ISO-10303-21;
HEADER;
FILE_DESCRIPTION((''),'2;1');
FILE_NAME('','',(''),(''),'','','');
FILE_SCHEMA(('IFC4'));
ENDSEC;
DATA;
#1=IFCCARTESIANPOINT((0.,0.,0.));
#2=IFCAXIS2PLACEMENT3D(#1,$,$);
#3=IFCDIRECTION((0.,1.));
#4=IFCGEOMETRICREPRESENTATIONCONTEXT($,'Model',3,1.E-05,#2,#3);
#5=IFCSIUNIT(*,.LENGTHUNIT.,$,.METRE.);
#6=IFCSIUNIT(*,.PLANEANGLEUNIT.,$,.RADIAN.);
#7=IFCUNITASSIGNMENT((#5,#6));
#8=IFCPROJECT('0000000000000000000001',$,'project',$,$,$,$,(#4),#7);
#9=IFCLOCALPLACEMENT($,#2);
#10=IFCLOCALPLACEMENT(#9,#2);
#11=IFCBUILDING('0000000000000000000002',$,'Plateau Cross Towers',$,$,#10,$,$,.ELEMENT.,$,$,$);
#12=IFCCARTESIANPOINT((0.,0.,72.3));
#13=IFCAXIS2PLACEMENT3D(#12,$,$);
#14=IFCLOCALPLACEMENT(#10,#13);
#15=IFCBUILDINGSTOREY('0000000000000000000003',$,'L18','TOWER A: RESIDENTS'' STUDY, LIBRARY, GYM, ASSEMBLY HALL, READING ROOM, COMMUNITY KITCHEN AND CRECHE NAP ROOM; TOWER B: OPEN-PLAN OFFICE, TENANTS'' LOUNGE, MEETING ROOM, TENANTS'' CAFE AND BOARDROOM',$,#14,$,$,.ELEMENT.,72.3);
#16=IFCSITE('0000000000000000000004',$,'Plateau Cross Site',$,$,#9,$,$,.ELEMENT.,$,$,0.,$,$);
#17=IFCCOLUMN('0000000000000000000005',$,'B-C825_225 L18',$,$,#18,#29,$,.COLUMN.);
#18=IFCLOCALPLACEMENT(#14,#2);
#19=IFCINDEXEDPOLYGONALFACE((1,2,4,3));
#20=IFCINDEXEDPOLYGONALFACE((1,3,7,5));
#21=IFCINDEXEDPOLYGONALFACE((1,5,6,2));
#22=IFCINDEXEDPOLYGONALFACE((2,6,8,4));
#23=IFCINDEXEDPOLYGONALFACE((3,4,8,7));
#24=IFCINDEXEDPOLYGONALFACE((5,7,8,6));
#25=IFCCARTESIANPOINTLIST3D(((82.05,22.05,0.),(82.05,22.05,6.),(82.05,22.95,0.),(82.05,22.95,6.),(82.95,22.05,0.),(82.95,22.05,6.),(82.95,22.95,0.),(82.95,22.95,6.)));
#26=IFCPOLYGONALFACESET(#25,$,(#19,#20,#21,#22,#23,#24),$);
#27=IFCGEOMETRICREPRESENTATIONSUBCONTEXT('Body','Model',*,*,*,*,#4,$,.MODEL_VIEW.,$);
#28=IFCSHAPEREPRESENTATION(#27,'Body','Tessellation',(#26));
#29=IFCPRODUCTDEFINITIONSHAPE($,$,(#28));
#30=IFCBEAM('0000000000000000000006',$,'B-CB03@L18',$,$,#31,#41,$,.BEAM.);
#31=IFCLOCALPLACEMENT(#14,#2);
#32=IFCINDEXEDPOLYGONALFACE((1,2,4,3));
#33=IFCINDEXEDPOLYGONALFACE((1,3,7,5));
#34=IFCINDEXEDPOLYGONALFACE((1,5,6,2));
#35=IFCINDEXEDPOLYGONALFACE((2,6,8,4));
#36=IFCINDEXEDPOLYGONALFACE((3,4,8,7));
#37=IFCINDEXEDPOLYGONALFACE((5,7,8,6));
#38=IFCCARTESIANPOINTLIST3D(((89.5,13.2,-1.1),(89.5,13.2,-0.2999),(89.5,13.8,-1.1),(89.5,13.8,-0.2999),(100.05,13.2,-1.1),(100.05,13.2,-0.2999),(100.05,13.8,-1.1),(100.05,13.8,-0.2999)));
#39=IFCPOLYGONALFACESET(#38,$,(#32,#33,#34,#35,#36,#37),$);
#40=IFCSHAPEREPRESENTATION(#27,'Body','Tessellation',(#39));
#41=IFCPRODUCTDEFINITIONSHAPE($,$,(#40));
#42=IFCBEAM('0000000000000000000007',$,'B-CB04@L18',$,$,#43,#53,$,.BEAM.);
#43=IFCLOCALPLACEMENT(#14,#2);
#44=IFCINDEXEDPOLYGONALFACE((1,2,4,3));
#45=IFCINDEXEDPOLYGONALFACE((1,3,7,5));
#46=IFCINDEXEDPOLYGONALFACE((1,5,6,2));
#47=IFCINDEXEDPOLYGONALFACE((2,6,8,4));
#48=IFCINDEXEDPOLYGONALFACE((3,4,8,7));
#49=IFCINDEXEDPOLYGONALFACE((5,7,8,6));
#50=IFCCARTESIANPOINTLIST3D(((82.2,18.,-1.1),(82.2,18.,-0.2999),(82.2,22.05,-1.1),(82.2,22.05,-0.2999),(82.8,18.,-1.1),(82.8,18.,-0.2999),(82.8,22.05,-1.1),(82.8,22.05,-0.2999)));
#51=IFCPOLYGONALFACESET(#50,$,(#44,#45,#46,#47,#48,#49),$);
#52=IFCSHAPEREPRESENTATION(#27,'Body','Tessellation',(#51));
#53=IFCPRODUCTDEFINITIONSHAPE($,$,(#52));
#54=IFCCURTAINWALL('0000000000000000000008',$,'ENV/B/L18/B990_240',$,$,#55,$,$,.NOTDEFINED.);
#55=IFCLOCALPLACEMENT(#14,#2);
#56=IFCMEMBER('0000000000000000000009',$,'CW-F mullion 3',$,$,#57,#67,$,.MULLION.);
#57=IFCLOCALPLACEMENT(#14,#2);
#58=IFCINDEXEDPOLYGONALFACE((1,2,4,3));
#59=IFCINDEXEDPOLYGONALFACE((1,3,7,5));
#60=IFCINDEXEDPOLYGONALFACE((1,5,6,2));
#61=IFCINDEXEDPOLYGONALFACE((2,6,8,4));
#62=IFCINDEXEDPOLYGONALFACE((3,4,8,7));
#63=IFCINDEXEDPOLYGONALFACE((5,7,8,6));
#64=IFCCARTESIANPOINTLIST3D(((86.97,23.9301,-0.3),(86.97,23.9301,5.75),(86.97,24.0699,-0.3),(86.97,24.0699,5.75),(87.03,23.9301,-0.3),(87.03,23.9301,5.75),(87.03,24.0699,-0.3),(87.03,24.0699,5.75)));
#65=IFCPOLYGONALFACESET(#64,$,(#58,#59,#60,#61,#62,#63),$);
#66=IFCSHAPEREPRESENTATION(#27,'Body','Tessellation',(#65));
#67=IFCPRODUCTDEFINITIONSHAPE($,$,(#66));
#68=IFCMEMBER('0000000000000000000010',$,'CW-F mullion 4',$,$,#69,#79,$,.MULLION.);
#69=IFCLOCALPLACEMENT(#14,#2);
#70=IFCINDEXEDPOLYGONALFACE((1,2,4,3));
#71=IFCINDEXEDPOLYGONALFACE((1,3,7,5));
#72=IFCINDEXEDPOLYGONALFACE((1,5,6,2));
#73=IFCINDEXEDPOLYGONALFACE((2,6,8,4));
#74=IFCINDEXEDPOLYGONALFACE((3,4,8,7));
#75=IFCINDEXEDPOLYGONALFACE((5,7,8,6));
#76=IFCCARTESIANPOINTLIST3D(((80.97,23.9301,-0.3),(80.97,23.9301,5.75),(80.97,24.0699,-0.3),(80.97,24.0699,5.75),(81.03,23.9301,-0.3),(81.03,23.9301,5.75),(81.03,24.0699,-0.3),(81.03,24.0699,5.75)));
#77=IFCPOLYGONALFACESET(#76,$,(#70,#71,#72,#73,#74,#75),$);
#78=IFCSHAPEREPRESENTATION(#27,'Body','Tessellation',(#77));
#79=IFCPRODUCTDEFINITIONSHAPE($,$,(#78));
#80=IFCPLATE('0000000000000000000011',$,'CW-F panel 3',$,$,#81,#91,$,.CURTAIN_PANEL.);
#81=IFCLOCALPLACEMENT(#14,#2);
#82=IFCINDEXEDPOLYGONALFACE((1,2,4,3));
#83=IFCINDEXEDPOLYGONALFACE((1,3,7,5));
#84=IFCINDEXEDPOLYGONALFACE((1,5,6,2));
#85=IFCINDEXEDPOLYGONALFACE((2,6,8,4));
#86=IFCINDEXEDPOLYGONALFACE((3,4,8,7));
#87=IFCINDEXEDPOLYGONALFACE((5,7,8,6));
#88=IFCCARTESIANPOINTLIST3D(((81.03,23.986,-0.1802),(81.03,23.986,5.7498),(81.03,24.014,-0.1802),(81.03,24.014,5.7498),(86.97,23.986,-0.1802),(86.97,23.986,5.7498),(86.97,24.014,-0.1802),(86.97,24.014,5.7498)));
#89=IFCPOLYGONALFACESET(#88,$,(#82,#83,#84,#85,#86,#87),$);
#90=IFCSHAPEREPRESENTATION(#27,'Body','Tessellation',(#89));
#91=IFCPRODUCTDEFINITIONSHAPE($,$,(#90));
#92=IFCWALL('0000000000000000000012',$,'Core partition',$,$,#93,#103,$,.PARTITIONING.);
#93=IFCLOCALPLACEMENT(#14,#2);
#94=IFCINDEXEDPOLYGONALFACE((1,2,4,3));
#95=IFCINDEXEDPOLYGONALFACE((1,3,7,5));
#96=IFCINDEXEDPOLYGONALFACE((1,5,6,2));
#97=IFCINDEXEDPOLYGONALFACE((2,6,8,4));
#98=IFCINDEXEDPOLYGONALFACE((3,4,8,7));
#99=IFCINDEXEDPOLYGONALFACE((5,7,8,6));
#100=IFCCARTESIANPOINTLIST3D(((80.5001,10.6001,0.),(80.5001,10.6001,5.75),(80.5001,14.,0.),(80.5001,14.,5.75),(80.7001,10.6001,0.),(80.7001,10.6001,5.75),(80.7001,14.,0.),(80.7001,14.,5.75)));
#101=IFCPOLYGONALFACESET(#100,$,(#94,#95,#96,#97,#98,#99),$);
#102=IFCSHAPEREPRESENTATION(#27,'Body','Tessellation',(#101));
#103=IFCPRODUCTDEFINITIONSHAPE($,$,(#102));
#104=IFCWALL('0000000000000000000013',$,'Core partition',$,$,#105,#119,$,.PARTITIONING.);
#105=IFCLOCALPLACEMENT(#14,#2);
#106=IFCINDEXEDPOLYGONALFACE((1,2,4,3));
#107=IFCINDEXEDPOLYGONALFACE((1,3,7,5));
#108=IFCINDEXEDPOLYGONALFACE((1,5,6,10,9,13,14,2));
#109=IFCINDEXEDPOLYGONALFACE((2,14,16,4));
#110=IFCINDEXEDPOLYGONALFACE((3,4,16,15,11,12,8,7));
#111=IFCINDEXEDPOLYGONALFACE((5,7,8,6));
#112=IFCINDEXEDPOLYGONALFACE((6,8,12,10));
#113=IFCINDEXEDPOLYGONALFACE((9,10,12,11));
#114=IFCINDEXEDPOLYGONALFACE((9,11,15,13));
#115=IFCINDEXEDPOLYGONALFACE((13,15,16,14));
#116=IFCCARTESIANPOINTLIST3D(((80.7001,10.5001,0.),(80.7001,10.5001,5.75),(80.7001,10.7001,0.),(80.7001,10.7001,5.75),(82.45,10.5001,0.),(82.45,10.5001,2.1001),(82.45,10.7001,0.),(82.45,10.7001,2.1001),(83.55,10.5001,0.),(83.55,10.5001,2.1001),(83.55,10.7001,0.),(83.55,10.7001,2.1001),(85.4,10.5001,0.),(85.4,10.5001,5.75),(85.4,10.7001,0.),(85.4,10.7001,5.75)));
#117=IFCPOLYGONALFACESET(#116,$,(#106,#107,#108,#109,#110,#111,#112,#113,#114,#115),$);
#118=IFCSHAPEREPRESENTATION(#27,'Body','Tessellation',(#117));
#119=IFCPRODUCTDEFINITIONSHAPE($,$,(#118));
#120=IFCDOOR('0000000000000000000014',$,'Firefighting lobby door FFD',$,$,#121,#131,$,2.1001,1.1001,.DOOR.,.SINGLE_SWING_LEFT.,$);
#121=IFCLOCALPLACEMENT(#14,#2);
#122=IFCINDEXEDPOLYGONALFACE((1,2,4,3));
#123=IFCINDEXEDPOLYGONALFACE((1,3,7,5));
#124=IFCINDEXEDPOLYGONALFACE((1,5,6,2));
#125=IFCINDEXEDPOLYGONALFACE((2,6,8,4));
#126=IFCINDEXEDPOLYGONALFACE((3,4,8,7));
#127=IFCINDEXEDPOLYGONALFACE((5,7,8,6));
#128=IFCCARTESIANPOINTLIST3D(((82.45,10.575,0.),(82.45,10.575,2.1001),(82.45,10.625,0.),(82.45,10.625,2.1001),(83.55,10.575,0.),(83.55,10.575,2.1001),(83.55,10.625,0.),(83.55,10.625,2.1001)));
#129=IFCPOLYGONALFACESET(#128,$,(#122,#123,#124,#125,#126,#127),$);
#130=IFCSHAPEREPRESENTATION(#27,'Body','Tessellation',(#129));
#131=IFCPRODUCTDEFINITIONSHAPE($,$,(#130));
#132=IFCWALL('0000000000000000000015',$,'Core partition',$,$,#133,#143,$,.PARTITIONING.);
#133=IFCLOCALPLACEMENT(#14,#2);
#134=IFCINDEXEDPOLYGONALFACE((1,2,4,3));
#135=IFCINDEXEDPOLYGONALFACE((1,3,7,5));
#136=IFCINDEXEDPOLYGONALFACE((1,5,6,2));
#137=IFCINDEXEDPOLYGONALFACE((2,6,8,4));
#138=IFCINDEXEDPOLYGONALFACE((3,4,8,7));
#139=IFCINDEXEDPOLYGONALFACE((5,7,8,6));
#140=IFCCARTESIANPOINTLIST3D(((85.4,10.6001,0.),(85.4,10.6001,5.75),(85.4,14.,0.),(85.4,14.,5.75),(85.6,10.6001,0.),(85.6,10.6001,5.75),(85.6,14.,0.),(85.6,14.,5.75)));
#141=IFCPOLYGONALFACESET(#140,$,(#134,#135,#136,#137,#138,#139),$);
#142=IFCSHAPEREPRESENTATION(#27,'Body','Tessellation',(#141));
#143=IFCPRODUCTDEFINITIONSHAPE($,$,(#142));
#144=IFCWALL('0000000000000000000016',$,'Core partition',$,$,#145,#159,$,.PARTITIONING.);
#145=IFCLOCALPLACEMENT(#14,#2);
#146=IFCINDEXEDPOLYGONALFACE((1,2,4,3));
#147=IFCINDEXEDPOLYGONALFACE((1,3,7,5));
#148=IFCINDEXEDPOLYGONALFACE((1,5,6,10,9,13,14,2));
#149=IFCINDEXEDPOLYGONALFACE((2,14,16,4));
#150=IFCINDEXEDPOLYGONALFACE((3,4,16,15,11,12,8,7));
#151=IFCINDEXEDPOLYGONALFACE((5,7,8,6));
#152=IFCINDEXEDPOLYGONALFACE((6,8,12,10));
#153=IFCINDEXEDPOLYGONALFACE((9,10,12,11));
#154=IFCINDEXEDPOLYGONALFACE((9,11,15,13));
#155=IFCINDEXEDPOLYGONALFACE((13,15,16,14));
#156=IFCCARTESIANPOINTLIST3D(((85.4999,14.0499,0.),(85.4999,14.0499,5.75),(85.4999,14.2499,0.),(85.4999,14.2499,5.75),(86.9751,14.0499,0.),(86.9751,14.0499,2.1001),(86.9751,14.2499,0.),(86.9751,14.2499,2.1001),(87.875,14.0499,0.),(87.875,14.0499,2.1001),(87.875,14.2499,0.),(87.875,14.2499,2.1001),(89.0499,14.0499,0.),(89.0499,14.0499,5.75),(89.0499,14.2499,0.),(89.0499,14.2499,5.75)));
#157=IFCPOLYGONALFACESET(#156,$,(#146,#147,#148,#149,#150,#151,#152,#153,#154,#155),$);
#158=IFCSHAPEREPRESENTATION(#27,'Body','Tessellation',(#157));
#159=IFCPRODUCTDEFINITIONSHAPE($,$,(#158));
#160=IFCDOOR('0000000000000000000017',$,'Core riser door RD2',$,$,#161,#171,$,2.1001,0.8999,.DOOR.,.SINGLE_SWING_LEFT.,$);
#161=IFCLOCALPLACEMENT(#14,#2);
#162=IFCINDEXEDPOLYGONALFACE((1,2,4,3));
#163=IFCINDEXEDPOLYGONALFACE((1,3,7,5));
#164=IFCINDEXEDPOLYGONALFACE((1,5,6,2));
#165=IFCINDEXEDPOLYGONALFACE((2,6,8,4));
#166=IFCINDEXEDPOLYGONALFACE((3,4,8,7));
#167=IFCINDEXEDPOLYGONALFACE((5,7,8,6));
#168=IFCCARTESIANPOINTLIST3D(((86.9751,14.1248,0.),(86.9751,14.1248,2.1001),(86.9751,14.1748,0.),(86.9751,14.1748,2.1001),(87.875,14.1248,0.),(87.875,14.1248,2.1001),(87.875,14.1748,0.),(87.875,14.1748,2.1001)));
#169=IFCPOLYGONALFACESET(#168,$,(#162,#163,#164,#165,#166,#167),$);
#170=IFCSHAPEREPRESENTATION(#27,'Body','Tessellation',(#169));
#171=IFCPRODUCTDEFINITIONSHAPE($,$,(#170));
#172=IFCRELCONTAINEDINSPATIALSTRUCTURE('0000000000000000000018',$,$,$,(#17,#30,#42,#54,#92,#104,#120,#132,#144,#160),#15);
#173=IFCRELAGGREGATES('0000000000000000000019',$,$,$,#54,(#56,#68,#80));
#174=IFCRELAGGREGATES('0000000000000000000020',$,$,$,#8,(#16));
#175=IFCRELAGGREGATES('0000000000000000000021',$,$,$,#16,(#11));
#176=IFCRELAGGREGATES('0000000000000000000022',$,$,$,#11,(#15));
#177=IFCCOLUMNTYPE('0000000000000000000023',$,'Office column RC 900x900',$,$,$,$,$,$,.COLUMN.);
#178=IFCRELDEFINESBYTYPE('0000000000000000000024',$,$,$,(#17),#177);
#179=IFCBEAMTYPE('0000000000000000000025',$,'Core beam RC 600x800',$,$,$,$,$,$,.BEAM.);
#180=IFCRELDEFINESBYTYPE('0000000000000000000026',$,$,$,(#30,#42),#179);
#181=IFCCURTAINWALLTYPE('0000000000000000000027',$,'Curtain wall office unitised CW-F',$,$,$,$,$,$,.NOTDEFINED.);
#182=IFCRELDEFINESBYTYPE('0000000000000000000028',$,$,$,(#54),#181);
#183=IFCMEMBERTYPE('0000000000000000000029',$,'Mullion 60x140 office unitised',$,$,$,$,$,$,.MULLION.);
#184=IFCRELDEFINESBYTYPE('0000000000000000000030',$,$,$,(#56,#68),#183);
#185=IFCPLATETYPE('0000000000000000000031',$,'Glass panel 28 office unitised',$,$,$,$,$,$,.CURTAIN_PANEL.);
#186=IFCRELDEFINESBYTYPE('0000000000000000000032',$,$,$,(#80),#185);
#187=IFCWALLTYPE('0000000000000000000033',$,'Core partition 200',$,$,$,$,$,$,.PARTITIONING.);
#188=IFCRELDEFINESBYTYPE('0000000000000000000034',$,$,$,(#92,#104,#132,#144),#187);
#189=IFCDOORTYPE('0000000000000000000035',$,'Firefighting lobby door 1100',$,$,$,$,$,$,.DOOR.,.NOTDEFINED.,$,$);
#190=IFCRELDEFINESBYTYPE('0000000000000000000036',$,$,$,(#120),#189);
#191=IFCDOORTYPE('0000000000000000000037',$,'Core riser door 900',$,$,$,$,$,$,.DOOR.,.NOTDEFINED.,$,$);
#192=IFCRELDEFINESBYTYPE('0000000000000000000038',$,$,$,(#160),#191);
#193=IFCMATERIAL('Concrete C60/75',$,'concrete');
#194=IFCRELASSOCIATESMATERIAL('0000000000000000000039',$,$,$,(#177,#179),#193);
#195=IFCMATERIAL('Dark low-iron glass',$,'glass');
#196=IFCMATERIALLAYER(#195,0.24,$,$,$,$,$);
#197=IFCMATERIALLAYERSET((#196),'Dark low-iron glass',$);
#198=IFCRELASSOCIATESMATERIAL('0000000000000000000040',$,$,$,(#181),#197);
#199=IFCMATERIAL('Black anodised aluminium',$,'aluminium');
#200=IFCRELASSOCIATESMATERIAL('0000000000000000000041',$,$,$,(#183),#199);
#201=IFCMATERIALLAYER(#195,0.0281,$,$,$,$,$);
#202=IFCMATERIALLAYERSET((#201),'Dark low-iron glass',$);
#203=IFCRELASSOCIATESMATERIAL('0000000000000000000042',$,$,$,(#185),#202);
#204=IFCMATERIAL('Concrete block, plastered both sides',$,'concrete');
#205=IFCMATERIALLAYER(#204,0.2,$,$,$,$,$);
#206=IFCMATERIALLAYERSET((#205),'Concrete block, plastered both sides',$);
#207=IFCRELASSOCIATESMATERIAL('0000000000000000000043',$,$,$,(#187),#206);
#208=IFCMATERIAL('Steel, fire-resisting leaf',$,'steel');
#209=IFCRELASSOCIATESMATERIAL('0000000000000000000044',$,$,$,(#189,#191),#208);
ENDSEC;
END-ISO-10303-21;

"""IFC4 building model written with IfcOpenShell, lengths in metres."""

from ifc_helpers import new_model, si_unit, direction, frame, frame_2d, origin, origin_2d, place, context, subcontext, project, spatial, rectangle, extrude, material, layer, layer_set, material_profile, profile_set, type_object, element, fill, aggregate, save


model = new_model("IFC4")

# Units and contexts
model_context = context("Model", 3, precision=1e-05, world=origin(), true_north=direction((0.0, 1.0)))
body_context = subcontext(model_context, "Body", "Model", "MODEL_VIEW")
ifc_project = project(units=[si_unit("LENGTHUNIT", "METRE"), si_unit("PLANEANGLEUNIT", "RADIAN")], contexts=[model_context])

# Site, building, storey
site_placement = place(None, origin())
site = spatial("IfcSite", under=ifc_project, at=site_placement, Name="Plateau Cross Site", CompositionType="ELEMENT", RefElevation=0.0)
building_placement = place(site_placement, origin())
building = spatial("IfcBuilding", under=site, at=building_placement, Name="Plateau Cross Towers", CompositionType="ELEMENT")
storey_placement = place(building_placement, frame((0.0, 0.0, 72.3)))
storey = spatial("IfcBuildingStorey", under=building, at=storey_placement, Name="L18", Description="TOWER A: RESIDENTS' STUDY, LIBRARY, GYM, ASSEMBLY HALL, READING ROOM, COMMUNITY KITCHEN AND CRECHE NAP ROOM; TOWER B: OPEN-PLAN OFFICE, TENANTS' LOUNGE, MEETING ROOM, TENANTS' CAFE AND BOARDROOM", CompositionType="ELEMENT", Elevation=72.3)

# Column
ifc_material_1 = material(Name="Concrete C60/75", Category="concrete")
ifc_material_profile_1 = material_profile(ifc_material_1, rectangle(XDim=0.8999, YDim=0.8999, at=origin_2d()), Name="RC 900x900")
ifc_profile_set_1 = profile_set([ifc_material_profile_1], Name="Concrete C60/75")
column_type = type_object("IfcColumnType", Name="Office column RC 900x900", PredefinedType="COLUMN", material=ifc_profile_set_1)
column_placement = place(storey_placement, frame((82.5, 22.5, 0.0), z_axis=(0.0, 0.0, 1.0), x_axis=(1.0, 0.0, 0.0)))
element("IfcColumn", 1, at=column_placement, inside=storey, type_object=column_type, Name="B-C825_225 L18", PredefinedType="COLUMN", context=body_context, shape_type="SweptSolid", body=[
    extrude(rectangle(XDim=0.8999, YDim=0.8999, at=origin_2d()), origin(), (0.0, 0.0, 1.0), 6.0),
])

# Beams
ifc_material_profile_2 = material_profile(ifc_material_1, rectangle(XDim=0.6001, YDim=0.8, at=origin_2d()), Name="RC 600x800")
ifc_profile_set_2 = profile_set([ifc_material_profile_2], Name="Concrete C60/75")
beam_type = type_object("IfcBeamType", Name="Core beam RC 600x800", PredefinedType="BEAM", material=ifc_profile_set_2)
beam_1_placement = place(storey_placement, frame((89.5, 13.5, -0.7), z_axis=(1.0, 0.0, 0.0), x_axis=(0.0, 1.0, 0.0)))
element("IfcBeam", 2, at=beam_1_placement, inside=storey, type_object=beam_type, Name="B-CB03@L18", PredefinedType="BEAM", context=body_context, shape_type="SweptSolid", body=[
    extrude(rectangle(XDim=0.6001, YDim=0.8, at=origin_2d()), origin(), (0.0, 0.0, 1.0), 10.55),
])
beam_2_placement = place(storey_placement, frame((82.5, 18.0, -0.7), z_axis=(0.0, 1.0, 0.0), x_axis=(-1.0, 0.0, 0.0)))
element("IfcBeam", 3, at=beam_2_placement, inside=storey, type_object=beam_type, Name="B-CB04@L18", PredefinedType="BEAM", context=body_context, shape_type="SweptSolid", body=[
    extrude(rectangle(XDim=0.6001, YDim=0.8, at=origin_2d()), origin(), (0.0, 0.0, 1.0), 4.05),
])

# Curtain wall, members, plate
ifc_material_2 = material(Name="Dark low-iron glass", Category="glass")
ifc_layer_1 = layer(ifc_material_2, 0.24)
ifc_layer_set_1 = layer_set([ifc_layer_1], Name="Dark low-iron glass")
curtain_wall_type = type_object("IfcCurtainWallType", Name="Curtain wall office unitised CW-F", PredefinedType="NOTDEFINED", material=ifc_layer_set_1)
curtain_wall_placement = place(storey_placement, origin())
curtain_wall = element("IfcCurtainWall", 4, at=curtain_wall_placement, inside=storey, type_object=curtain_wall_type, Name="ENV/B/L18/B990_240", PredefinedType="NOTDEFINED")
ifc_material_3 = material(Name="Black anodised aluminium", Category="aluminium")
ifc_material_profile_3 = material_profile(ifc_material_3, rectangle(XDim=0.0601, YDim=0.1399, at=origin_2d()), Name="MULLION 60x140")
ifc_profile_set_3 = profile_set([ifc_material_profile_3], Name="Black anodised aluminium")
member_type = type_object("IfcMemberType", Name="Mullion 60x140 office unitised", PredefinedType="MULLION", material=ifc_profile_set_3)
member_1_placement = place(storey_placement, frame((87.0, 24.0, -0.3), z_axis=(0.0, 0.0, 1.0), x_axis=(-1.0, 0.0, 0.0)))
member_1 = element("IfcMember", 5, at=member_1_placement, type_object=member_type, Name="CW-F mullion 3", PredefinedType="MULLION", context=body_context, shape_type="SweptSolid", body=[
    extrude(rectangle(XDim=0.0601, YDim=0.1399, at=origin_2d()), origin(), (0.0, 0.0, 1.0), 6.05),
])
member_2_placement = place(storey_placement, frame((81.0, 24.0, -0.3), z_axis=(0.0, 0.0, 1.0), x_axis=(-1.0, 0.0, 0.0)))
member_2 = element("IfcMember", 6, at=member_2_placement, type_object=member_type, Name="CW-F mullion 4", PredefinedType="MULLION", context=body_context, shape_type="SweptSolid", body=[
    extrude(rectangle(XDim=0.0601, YDim=0.1399, at=origin_2d()), origin(), (0.0, 0.0, 1.0), 6.05),
])
ifc_layer_2 = layer(ifc_material_2, 0.0281)
ifc_layer_set_2 = layer_set([ifc_layer_2], Name="Dark low-iron glass")
plate_type = type_object("IfcPlateType", Name="Glass panel 28 office unitised", PredefinedType="CURTAIN_PANEL", material=ifc_layer_set_2)
plate_placement = place(storey_placement, frame((84.0, 24.0, -0.1802), z_axis=(0.0, 0.0, 1.0), x_axis=(-1.0, 0.0, 0.0)))
plate = element("IfcPlate", 7, at=plate_placement, type_object=plate_type, Name="CW-F panel 3", PredefinedType="CURTAIN_PANEL", context=body_context, shape_type="SweptSolid", body=[
    extrude(rectangle(XDim=5.9399, YDim=0.0281, at=origin_2d()), origin(), (0.0, 0.0, 1.0), 5.9299),
])
aggregate(curtain_wall, [member_1, member_2, plate])

# Wall
ifc_material_4 = material(Name="Concrete block, plastered both sides", Category="concrete")
ifc_layer_3 = layer(ifc_material_4, 0.2)
ifc_layer_set_3 = layer_set([ifc_layer_3], Name="Concrete block, plastered both sides")
wall_type_1 = type_object("IfcWallType", Name="Core partition 200", PredefinedType="PARTITIONING", material=ifc_layer_set_3)
wall_1_placement = place(storey_placement, frame((80.6001, 10.6001, 0.0), z_axis=(0.0, 0.0, 1.0), x_axis=(0.0, 1.0, 0.0)))
element("IfcWall", 8, at=wall_1_placement, inside=storey, type_object=wall_type_1, Name="Core partition", PredefinedType="PARTITIONING", context=body_context, shape_type="SweptSolid", body=[
    extrude(rectangle(XDim=3.3999, YDim=0.2, at=frame_2d((1.7, 0.0))), origin(), (0.0, 0.0, 1.0), 5.75),
])

# Wall, opening, door
wall_2_placement = place(storey_placement, frame((80.7, 10.6001, 0.0), z_axis=(0.0, 0.0, 1.0), x_axis=(1.0, 0.0, 0.0)))
wall_2 = element("IfcWall", 9, at=wall_2_placement, inside=storey, type_object=wall_type_1, Name="Core partition", PredefinedType="PARTITIONING", context=body_context, shape_type="SweptSolid", body=[
    extrude(rectangle(XDim=4.7, YDim=0.2, at=frame_2d((2.3501, 0.0))), origin(), (0.0, 0.0, 1.0), 5.75),
])
opening_1_placement = place(wall_2_placement, frame((1.75, 0.0, 0.0)))
opening_1 = element("IfcOpeningElement", 10, at=opening_1_placement, cuts=wall_2, PredefinedType="OPENING", context=body_context, shape_type="SweptSolid", body=[
    extrude(rectangle(XDim=1.1001, YDim=2.1001, at=frame_2d((0.55, 1.05))), frame((0.0, 0.1099, 0.0), z_axis=(0.0, -1.0, 0.0), x_axis=(1.0, 0.0, 0.0)), (0.0, 0.0, 1.0), 0.22),
])
ifc_material_5 = material(Name="Steel, fire-resisting leaf", Category="steel")
door_type_1 = type_object("IfcDoorType", Name="Firefighting lobby door 1100", OperationType="NOTDEFINED", PredefinedType="DOOR", material=ifc_material_5)
door_1_placement = place(opening_1_placement, origin())
door_1 = element("IfcDoor", 11, at=door_1_placement, inside=storey, type_object=door_type_1, Name="Firefighting lobby door FFD", OperationType="SINGLE_SWING_LEFT", OverallHeight=2.1001, OverallWidth=1.1001, PredefinedType="DOOR", context=body_context, shape_type="SweptSolid", body=[
    extrude(rectangle(XDim=1.1001, YDim=2.1001, at=frame_2d((0.55, 1.05))), frame((0.0, 0.0249, 0.0), z_axis=(0.0, -1.0, 0.0), x_axis=(1.0, 0.0, 0.0)), (0.0, 0.0, 1.0), 0.05),
])
fill(opening_1, door_1)

# Wall
wall_3_placement = place(storey_placement, frame((85.5, 10.6001, 0.0), z_axis=(0.0, 0.0, 1.0), x_axis=(0.0, 1.0, 0.0)))
element("IfcWall", 12, at=wall_3_placement, inside=storey, type_object=wall_type_1, Name="Core partition", PredefinedType="PARTITIONING", context=body_context, shape_type="SweptSolid", body=[
    extrude(rectangle(XDim=3.3999, YDim=0.2, at=frame_2d((1.7, 0.0))), origin(), (0.0, 0.0, 1.0), 5.75),
])

# Wall, opening, door
wall_4_placement = place(storey_placement, frame((85.5, 14.1499, 0.0), z_axis=(0.0, 0.0, 1.0), x_axis=(1.0, 0.0, 0.0)))
wall_4 = element("IfcWall", 13, at=wall_4_placement, inside=storey, type_object=wall_type_1, Name="Core partition", PredefinedType="PARTITIONING", context=body_context, shape_type="SweptSolid", body=[
    extrude(rectangle(XDim=3.55, YDim=0.2, at=frame_2d((1.7749, 0.0))), origin(), (0.0, 0.0, 1.0), 5.75),
])
opening_2_placement = place(wall_4_placement, frame((1.4751, 0.0, 0.0)))
opening_2 = element("IfcOpeningElement", 14, at=opening_2_placement, cuts=wall_4, PredefinedType="OPENING", context=body_context, shape_type="SweptSolid", body=[
    extrude(rectangle(XDim=0.8999, YDim=2.1001, at=frame_2d((0.45, 1.05))), frame((0.0, 0.1099, 0.0), z_axis=(0.0, -1.0, 0.0), x_axis=(1.0, 0.0, 0.0)), (0.0, 0.0, 1.0), 0.22),
])
door_type_2 = type_object("IfcDoorType", Name="Core riser door 900", OperationType="NOTDEFINED", PredefinedType="DOOR", material=ifc_material_5)
door_2_placement = place(opening_2_placement, origin())
door_2 = element("IfcDoor", 15, at=door_2_placement, inside=storey, type_object=door_type_2, Name="Core riser door RD2", OperationType="SINGLE_SWING_LEFT", OverallHeight=2.1001, OverallWidth=0.8999, PredefinedType="DOOR", context=body_context, shape_type="SweptSolid", body=[
    extrude(rectangle(XDim=0.8999, YDim=2.1001, at=frame_2d((0.45, 1.05))), frame((0.0, 0.0249, 0.0), z_axis=(0.0, -1.0, 0.0), x_axis=(1.0, 0.0, 0.0)), (0.0, 0.0, 1.0), 0.05),
])
fill(opening_2, door_2)

save(model, "model.ifc")
